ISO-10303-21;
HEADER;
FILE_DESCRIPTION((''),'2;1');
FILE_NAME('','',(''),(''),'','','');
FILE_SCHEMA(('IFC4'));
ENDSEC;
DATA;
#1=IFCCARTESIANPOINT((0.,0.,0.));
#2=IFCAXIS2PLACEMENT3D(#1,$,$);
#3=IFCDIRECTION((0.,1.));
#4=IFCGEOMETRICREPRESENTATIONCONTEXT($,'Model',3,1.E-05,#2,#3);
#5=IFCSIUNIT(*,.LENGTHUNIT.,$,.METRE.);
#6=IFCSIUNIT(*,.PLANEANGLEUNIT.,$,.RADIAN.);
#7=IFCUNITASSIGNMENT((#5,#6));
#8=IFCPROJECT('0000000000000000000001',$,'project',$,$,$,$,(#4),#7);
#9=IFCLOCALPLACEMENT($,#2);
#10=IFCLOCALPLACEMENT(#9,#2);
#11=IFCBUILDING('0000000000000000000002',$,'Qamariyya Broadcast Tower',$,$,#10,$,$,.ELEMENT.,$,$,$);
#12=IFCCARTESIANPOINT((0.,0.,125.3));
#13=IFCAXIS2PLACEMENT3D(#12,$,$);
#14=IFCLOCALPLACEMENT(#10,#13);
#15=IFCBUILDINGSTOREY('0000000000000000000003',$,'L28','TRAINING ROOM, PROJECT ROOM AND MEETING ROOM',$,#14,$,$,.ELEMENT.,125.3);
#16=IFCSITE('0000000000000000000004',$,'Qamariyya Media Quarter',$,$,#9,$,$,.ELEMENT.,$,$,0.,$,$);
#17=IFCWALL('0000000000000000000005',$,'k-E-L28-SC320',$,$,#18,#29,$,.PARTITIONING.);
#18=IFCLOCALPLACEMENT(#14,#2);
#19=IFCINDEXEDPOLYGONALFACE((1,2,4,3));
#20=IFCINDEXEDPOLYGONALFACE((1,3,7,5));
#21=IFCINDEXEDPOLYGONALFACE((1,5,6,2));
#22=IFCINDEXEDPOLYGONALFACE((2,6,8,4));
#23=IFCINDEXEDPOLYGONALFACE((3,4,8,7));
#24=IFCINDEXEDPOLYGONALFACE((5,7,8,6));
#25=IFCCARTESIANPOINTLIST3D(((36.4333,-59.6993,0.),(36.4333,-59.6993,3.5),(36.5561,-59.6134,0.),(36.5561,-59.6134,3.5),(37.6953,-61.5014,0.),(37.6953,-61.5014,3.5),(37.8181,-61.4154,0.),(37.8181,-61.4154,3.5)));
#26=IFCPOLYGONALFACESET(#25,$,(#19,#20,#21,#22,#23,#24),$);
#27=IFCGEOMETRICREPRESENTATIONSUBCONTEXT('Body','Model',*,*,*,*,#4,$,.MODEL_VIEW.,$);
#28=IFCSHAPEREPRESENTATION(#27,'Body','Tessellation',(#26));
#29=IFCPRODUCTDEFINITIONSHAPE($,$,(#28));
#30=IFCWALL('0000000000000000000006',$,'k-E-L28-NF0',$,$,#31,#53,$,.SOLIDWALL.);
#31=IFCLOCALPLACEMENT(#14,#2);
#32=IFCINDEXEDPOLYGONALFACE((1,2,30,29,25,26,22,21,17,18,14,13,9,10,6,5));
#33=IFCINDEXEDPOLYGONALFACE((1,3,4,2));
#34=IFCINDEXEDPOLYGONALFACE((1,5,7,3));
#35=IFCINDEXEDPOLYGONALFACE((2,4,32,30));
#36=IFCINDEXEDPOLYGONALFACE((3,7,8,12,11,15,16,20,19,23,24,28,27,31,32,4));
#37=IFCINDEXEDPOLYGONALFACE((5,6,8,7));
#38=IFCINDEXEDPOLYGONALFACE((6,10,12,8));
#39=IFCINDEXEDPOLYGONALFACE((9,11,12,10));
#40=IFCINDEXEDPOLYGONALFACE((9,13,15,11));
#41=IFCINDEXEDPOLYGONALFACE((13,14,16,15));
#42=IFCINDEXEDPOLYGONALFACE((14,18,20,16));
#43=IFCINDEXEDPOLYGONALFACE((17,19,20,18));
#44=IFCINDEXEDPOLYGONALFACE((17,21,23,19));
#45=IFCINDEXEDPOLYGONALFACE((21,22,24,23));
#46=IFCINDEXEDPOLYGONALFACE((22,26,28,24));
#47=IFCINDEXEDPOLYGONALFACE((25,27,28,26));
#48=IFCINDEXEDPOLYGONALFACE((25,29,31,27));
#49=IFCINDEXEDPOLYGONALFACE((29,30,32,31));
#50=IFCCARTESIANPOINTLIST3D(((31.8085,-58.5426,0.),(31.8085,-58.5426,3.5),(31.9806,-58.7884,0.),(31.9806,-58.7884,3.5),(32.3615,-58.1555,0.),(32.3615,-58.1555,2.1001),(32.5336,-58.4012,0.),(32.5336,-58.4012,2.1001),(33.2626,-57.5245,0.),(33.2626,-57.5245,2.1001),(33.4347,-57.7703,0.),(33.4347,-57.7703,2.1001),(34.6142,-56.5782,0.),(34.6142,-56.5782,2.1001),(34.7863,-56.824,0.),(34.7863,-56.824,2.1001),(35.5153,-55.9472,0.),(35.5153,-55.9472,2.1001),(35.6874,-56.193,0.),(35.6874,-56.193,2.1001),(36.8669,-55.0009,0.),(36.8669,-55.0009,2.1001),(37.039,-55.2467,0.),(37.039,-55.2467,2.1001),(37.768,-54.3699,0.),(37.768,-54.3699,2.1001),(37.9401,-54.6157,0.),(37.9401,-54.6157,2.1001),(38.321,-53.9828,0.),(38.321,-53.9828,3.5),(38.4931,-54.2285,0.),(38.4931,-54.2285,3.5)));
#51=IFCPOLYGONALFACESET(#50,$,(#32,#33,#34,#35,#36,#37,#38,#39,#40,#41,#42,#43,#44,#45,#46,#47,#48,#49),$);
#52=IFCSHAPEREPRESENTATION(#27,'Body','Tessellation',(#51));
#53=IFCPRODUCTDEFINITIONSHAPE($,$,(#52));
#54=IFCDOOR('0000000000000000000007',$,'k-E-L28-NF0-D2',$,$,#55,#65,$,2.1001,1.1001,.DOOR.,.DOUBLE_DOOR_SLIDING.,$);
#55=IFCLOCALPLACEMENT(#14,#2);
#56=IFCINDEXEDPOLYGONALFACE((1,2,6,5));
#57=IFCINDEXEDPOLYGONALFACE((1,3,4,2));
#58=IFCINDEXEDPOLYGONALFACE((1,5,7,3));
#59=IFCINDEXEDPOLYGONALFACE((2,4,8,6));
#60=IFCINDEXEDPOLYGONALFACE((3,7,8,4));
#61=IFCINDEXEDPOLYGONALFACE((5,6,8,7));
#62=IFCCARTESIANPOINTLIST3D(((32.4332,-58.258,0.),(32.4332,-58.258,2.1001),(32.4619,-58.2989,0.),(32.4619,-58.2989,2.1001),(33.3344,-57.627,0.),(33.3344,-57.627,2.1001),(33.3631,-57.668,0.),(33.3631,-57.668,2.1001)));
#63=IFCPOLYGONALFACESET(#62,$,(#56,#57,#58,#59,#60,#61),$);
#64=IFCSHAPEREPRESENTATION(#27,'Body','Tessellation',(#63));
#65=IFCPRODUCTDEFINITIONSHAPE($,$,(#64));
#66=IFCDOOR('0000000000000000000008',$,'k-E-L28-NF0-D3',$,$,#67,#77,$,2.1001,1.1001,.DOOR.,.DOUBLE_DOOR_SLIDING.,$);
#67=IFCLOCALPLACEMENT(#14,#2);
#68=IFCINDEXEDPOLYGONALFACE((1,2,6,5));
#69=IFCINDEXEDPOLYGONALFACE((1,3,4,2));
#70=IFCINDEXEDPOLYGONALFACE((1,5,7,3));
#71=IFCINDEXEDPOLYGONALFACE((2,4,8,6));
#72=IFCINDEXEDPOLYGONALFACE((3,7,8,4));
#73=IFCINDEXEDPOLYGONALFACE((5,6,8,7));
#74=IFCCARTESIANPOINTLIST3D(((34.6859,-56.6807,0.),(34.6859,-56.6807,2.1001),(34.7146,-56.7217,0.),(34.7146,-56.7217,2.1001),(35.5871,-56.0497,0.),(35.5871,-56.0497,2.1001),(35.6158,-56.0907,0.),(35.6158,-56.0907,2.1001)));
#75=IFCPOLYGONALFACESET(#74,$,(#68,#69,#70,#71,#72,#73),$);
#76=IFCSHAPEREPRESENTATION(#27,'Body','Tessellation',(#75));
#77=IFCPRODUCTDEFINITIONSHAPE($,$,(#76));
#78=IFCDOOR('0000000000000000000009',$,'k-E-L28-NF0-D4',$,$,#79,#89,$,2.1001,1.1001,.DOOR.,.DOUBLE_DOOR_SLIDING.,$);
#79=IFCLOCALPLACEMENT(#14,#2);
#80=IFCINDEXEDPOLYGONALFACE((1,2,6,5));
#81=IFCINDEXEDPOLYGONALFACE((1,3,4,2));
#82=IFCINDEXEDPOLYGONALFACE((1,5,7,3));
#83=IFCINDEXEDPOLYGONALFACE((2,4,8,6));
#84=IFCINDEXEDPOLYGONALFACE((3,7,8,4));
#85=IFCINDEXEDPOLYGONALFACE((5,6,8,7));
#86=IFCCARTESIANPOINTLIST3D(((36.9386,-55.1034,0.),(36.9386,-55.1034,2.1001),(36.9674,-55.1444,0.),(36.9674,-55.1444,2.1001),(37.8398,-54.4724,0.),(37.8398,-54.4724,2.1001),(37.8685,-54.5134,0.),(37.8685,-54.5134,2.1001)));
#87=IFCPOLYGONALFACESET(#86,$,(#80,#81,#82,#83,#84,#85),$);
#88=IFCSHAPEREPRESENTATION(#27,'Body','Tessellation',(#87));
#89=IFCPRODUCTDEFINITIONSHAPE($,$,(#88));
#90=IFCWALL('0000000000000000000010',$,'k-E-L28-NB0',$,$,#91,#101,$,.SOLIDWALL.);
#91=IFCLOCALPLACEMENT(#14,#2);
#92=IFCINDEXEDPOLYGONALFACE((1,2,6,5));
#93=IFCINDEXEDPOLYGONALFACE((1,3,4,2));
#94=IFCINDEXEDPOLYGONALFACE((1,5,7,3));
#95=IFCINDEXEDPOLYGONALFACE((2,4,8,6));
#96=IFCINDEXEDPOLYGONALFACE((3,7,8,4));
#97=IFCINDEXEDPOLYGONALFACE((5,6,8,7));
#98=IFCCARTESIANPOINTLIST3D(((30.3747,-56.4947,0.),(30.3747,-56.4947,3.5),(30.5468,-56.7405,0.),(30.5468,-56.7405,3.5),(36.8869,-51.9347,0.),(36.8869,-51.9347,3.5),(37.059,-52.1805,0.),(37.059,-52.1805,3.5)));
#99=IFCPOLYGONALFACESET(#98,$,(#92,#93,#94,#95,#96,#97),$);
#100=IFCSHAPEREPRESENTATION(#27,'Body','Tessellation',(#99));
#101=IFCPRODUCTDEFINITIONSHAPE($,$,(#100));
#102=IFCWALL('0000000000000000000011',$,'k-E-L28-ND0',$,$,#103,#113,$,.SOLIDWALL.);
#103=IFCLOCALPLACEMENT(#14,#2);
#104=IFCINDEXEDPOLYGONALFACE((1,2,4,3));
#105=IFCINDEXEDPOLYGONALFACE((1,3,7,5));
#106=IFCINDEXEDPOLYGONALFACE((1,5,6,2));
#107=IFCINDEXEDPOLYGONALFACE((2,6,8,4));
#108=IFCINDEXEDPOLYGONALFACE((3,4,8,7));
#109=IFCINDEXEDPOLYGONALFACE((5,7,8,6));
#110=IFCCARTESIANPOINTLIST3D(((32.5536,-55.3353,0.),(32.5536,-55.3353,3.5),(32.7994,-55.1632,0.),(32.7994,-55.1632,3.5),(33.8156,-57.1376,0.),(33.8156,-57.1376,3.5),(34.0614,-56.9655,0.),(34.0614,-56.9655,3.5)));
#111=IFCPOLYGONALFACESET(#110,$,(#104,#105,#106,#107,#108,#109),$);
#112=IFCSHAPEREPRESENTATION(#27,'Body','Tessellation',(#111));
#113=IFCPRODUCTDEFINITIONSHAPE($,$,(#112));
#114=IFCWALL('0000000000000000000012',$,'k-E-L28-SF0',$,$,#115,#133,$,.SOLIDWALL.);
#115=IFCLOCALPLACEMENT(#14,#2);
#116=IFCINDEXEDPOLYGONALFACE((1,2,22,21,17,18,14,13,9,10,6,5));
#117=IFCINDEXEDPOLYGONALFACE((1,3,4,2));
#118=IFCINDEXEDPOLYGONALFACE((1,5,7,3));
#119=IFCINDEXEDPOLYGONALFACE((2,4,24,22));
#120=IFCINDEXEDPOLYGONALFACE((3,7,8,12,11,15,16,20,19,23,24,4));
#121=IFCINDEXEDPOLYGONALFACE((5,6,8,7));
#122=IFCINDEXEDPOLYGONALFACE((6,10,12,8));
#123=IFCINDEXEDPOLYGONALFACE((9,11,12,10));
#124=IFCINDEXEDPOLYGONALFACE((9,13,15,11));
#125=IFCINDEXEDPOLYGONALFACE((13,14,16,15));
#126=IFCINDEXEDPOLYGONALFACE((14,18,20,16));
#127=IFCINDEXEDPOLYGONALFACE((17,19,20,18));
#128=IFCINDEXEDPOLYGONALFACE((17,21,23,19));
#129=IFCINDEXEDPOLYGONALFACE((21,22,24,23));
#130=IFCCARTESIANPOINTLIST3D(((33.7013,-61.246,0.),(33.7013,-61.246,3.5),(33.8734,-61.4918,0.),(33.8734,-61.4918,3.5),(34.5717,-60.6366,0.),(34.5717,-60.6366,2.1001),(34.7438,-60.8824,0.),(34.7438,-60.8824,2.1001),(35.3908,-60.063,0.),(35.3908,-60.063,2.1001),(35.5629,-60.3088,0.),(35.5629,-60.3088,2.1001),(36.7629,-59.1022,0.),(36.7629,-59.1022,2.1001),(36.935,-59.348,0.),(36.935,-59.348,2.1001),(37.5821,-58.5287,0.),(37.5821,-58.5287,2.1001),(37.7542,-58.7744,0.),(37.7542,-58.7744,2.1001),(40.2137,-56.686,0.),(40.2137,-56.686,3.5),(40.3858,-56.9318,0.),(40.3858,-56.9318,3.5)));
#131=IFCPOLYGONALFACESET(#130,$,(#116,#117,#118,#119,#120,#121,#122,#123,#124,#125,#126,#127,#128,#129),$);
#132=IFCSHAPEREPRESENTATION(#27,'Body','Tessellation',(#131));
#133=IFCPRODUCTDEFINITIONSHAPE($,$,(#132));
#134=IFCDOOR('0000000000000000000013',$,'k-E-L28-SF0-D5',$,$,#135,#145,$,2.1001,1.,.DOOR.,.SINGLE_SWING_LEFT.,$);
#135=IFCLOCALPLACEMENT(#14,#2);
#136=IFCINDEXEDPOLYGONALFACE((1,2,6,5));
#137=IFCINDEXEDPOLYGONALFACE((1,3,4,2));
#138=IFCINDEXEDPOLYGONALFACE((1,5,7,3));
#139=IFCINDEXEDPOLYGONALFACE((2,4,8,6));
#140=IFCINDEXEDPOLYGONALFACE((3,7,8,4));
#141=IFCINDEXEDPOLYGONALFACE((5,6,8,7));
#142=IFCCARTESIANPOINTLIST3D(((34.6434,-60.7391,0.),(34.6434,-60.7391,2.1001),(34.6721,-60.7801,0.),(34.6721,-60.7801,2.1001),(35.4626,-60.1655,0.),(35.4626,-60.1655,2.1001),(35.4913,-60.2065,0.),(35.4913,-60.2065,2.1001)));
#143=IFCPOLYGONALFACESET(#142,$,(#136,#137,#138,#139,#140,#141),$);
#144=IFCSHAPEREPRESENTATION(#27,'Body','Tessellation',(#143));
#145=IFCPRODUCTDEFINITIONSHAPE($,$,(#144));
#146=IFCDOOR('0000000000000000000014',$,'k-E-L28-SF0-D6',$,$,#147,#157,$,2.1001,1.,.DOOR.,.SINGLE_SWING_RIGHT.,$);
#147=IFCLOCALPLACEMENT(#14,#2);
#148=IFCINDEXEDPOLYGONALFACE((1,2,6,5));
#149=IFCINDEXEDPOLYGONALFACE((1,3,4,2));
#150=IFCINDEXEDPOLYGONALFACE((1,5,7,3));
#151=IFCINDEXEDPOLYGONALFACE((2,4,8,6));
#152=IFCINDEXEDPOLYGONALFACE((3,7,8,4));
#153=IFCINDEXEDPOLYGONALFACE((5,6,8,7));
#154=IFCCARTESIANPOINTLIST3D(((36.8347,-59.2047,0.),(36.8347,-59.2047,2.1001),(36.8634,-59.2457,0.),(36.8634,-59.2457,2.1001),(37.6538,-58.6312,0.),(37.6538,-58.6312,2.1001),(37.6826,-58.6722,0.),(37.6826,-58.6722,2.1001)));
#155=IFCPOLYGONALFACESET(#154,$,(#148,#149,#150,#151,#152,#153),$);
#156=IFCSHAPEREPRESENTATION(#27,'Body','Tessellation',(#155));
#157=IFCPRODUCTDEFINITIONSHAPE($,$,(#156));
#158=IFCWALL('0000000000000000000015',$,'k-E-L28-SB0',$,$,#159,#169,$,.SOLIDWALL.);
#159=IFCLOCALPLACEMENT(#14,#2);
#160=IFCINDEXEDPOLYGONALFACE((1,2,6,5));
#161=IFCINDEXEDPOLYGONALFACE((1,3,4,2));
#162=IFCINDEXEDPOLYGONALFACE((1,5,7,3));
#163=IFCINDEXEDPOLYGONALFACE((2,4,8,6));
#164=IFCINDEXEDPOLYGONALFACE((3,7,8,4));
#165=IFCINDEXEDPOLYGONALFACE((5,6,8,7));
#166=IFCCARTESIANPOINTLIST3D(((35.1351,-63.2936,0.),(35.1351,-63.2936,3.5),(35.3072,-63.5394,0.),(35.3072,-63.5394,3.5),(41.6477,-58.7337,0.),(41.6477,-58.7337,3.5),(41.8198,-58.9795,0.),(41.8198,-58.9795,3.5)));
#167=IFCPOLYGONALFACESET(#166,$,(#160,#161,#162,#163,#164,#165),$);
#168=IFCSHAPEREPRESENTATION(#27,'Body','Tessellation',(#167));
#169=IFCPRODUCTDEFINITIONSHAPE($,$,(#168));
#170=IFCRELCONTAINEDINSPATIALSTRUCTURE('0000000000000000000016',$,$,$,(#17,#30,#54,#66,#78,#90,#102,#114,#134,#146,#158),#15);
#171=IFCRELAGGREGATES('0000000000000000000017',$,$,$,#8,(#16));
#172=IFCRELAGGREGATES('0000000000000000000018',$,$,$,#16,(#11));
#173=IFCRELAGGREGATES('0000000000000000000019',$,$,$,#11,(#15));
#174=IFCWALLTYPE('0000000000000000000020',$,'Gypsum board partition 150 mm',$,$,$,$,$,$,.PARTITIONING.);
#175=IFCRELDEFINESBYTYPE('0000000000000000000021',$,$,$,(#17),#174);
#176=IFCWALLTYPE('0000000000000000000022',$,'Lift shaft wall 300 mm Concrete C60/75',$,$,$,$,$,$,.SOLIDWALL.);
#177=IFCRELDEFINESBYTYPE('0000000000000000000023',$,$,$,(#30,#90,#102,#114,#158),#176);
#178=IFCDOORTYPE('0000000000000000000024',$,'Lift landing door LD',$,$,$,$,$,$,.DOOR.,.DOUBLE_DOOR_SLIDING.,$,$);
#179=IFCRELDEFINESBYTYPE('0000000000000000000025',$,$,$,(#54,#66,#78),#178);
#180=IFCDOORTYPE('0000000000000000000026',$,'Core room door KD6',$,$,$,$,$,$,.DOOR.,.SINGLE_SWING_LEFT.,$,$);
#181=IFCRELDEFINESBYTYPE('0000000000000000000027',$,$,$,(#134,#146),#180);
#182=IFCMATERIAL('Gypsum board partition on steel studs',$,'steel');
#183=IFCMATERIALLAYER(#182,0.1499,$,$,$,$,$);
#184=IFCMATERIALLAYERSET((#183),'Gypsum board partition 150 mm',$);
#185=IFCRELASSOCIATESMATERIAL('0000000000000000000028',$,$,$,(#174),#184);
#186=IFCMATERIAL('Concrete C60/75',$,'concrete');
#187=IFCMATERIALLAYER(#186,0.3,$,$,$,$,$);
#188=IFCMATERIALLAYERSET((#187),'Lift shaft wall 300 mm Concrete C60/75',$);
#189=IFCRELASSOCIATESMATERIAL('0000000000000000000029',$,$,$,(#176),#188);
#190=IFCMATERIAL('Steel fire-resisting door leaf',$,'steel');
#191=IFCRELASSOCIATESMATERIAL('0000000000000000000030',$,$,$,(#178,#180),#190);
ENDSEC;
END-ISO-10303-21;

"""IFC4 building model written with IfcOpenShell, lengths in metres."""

from ifc_helpers import new_model, si_unit, direction, frame, frame_2d, origin, place, context, subcontext, project, spatial, rectangle, extrude, material, layer, layer_set, type_object, element, fill, save


model = new_model("IFC4")

# Units and contexts
model_context = context("Model", 3, precision=1e-05, world=origin(), true_north=direction((0.0, 1.0)))
body_context = subcontext(model_context, "Body", "Model", "MODEL_VIEW")
ifc_project = project(units=[si_unit("LENGTHUNIT", "METRE"), si_unit("PLANEANGLEUNIT", "RADIAN")], contexts=[model_context])

# Site, building, storey
site_placement = place(None, origin())
site = spatial("IfcSite", under=ifc_project, at=site_placement, Name="Qamariyya Media Quarter", CompositionType="ELEMENT", RefElevation=0.0)
building_placement = place(site_placement, origin())
building = spatial("IfcBuilding", under=site, at=building_placement, Name="Qamariyya Broadcast Tower", CompositionType="ELEMENT")
storey_placement = place(building_placement, frame((0.0, 0.0, 125.3)))
storey = spatial("IfcBuildingStorey", under=building, at=storey_placement, Name="L28", Description="TRAINING ROOM, PROJECT ROOM AND MEETING ROOM", CompositionType="ELEMENT", Elevation=125.3)

# Shared definitions
ifc_material_1 = material(Name="Steel fire-resisting door leaf", Category="steel")

# Wall
ifc_material_2 = material(Name="Gypsum board partition on steel studs", Category="steel")
ifc_layer_1 = layer(ifc_material_2, 0.1499)
ifc_layer_set_1 = layer_set([ifc_layer_1], Name="Gypsum board partition 150 mm")
wall_type_1 = type_object("IfcWallType", Name="Gypsum board partition 150 mm", PredefinedType="PARTITIONING", material=ifc_layer_set_1)
wall_1_placement = place(storey_placement, frame((36.4946, -59.6562, 0.0), z_axis=(0.0, 0.0, 1.0), x_axis=(0.573634, -0.819112, 0.0)))
element("IfcWall", 1, at=wall_1_placement, inside=storey, type_object=wall_type_1, Name="k-E-L28-SC320", PredefinedType="PARTITIONING", context=body_context, shape_type="SweptSolid", body=[
    extrude(rectangle(XDim=2.2, YDim=0.1499, at=frame_2d((1.1001, 0.0))), origin(), (0.0, 0.0, 1.0), 3.5),
])

# Wall, openings, doors
ifc_material_3 = material(Name="Concrete C60/75", Category="concrete")
ifc_layer_2 = layer(ifc_material_3, 0.3)
ifc_layer_set_2 = layer_set([ifc_layer_2], Name="Lift shaft wall 300 mm Concrete C60/75")
wall_type_2 = type_object("IfcWallType", Name="Lift shaft wall 300 mm Concrete C60/75", PredefinedType="SOLIDWALL", material=ifc_layer_set_2)
wall_2_placement = place(storey_placement, frame((31.8945, -58.6655, 0.0), z_axis=(0.0, 0.0, 1.0), x_axis=(0.819167, 0.573555, 0.0)))
wall_2 = element("IfcWall", 2, at=wall_2_placement, inside=storey, type_object=wall_type_2, Name="k-E-L28-NF0", PredefinedType="SOLIDWALL", context=body_context, shape_type="SweptSolid", body=[
    extrude(rectangle(XDim=7.9502, YDim=0.3, at=frame_2d((3.9751, 0.0))), origin(), (0.0, 0.0, 1.0), 3.5),
])
opening_1_placement = place(wall_2_placement, frame((0.675, 0.0, 0.0)))
opening_1 = element("IfcOpeningElement", 3, at=opening_1_placement, cuts=wall_2, PredefinedType="OPENING", context=body_context, shape_type="SweptSolid", body=[
    extrude(rectangle(XDim=1.1001, YDim=2.1001, at=frame_2d((0.55, 1.05))), frame((0.0, 0.1599, 0.0), z_axis=(0.0, -1.0, 0.0), x_axis=(1.0, 0.0, 0.0)), (0.0, 0.0, 1.0), 0.3201),
])
opening_2_placement = place(wall_2_placement, frame((3.425, 0.0, 0.0)))
opening_2 = element("IfcOpeningElement", 4, at=opening_2_placement, cuts=wall_2, PredefinedType="OPENING", context=body_context, shape_type="SweptSolid", body=[
    extrude(rectangle(XDim=1.1001, YDim=2.1001, at=frame_2d((0.55, 1.05))), frame((0.0, 0.1599, 0.0), z_axis=(0.0, -1.0, 0.0), x_axis=(1.0, 0.0, 0.0)), (0.0, 0.0, 1.0), 0.3201),
])
opening_3_placement = place(wall_2_placement, frame((6.175, 0.0, 0.0)))
opening_3 = element("IfcOpeningElement", 5, at=opening_3_placement, cuts=wall_2, PredefinedType="OPENING", context=body_context, shape_type="SweptSolid", body=[
    extrude(rectangle(XDim=1.1001, YDim=2.1001, at=frame_2d((0.55, 1.05))), frame((0.0, 0.1599, 0.0), z_axis=(0.0, -1.0, 0.0), x_axis=(1.0, 0.0, 0.0)), (0.0, 0.0, 1.0), 0.3201),
])
door_type_1 = type_object("IfcDoorType", Name="Lift landing door LD", OperationType="DOUBLE_DOOR_SLIDING", PredefinedType="DOOR", material=ifc_material_1)
door_1_placement = place(opening_1_placement, origin())
door_1 = element("IfcDoor", 6, at=door_1_placement, inside=storey, type_object=door_type_1, Name="k-E-L28-NF0-D2", OperationType="DOUBLE_DOOR_SLIDING", OverallHeight=2.1001, OverallWidth=1.1001, PredefinedType="DOOR", context=body_context, shape_type="SweptSolid", body=[
    extrude(rectangle(XDim=1.1001, YDim=2.1001, at=frame_2d((0.55, 1.05))), frame((0.0, 0.0249, 0.0), z_axis=(0.0, -1.0, 0.0), x_axis=(1.0, 0.0, 0.0)), (0.0, 0.0, 1.0), 0.05),
])
fill(opening_1, door_1)
door_2_placement = place(opening_2_placement, origin())
door_2 = element("IfcDoor", 7, at=door_2_placement, inside=storey, type_object=door_type_1, Name="k-E-L28-NF0-D3", OperationType="DOUBLE_DOOR_SLIDING", OverallHeight=2.1001, OverallWidth=1.1001, PredefinedType="DOOR", context=body_context, shape_type="SweptSolid", body=[
    extrude(rectangle(XDim=1.1001, YDim=2.1001, at=frame_2d((0.55, 1.05))), frame((0.0, 0.0249, 0.0), z_axis=(0.0, -1.0, 0.0), x_axis=(1.0, 0.0, 0.0)), (0.0, 0.0, 1.0), 0.05),
])
fill(opening_2, door_2)
door_3_placement = place(opening_3_placement, origin())
door_3 = element("IfcDoor", 8, at=door_3_placement, inside=storey, type_object=door_type_1, Name="k-E-L28-NF0-D4", OperationType="DOUBLE_DOOR_SLIDING", OverallHeight=2.1001, OverallWidth=1.1001, PredefinedType="DOOR", context=body_context, shape_type="SweptSolid", body=[
    extrude(rectangle(XDim=1.1001, YDim=2.1001, at=frame_2d((0.55, 1.05))), frame((0.0, 0.0249, 0.0), z_axis=(0.0, -1.0, 0.0), x_axis=(1.0, 0.0, 0.0)), (0.0, 0.0, 1.0), 0.05),
])
fill(opening_3, door_3)

# Walls
wall_3_placement = place(storey_placement, frame((30.4607, -56.6177, 0.0), z_axis=(0.0, 0.0, 1.0), x_axis=(0.819142, 0.57359, 0.0)))
element("IfcWall", 9, at=wall_3_placement, inside=storey, type_object=wall_type_2, Name="k-E-L28-NB0", PredefinedType="SOLIDWALL", context=body_context, shape_type="SweptSolid", body=[
    extrude(rectangle(XDim=7.95, YDim=0.3, at=frame_2d((3.9751, 0.0))), origin(), (0.0, 0.0, 1.0), 3.5),
])
wall_4_placement = place(storey_placement, frame((33.9385, -57.0515, 0.0), z_axis=(0.0, 0.0, 1.0), x_axis=(-0.573581, 0.819149, 0.0)))
element("IfcWall", 10, at=wall_4_placement, inside=storey, type_object=wall_type_2, Name="k-E-L28-ND0", PredefinedType="SOLIDWALL", context=body_context, shape_type="SweptSolid", body=[
    extrude(rectangle(XDim=2.2002, YDim=0.3, at=frame_2d((1.1001, 0.0))), origin(), (0.0, 0.0, 1.0), 3.5),
])

# Wall, openings, doors
wall_5_placement = place(storey_placement, frame((33.7874, -61.3689, 0.0), z_axis=(0.0, 0.0, 1.0), x_axis=(0.819153, 0.573576, 0.0)))
wall_5 = element("IfcWall", 11, at=wall_5_placement, inside=storey, type_object=wall_type_2, Name="k-E-L28-SF0", PredefinedType="SOLIDWALL", context=body_context, shape_type="SweptSolid", body=[
    extrude(rectangle(XDim=7.9502, YDim=0.3, at=frame_2d((3.9751, 0.0))), origin(), (0.0, 0.0, 1.0), 3.5),
])
opening_4_placement = place(wall_5_placement, frame((1.0625, 0.0, 0.0)))
opening_4 = element("IfcOpeningElement", 12, at=opening_4_placement, cuts=wall_5, PredefinedType="OPENING", context=body_context, shape_type="SweptSolid", body=[
    extrude(rectangle(XDim=1.0, YDim=2.1001, at=frame_2d((0.5, 1.05))), frame((0.0, 0.1599, 0.0), z_axis=(0.0, -1.0, 0.0), x_axis=(1.0, 0.0, 0.0)), (0.0, 0.0, 1.0), 0.3201),
])
opening_5_placement = place(wall_5_placement, frame((3.7375, 0.0, 0.0)))
opening_5 = element("IfcOpeningElement", 13, at=opening_5_placement, cuts=wall_5, PredefinedType="OPENING", context=body_context, shape_type="SweptSolid", body=[
    extrude(rectangle(XDim=1.0, YDim=2.1001, at=frame_2d((0.5, 1.05))), frame((0.0, 0.1599, 0.0), z_axis=(0.0, -1.0, 0.0), x_axis=(1.0, 0.0, 0.0)), (0.0, 0.0, 1.0), 0.3201),
])
door_type_2 = type_object("IfcDoorType", Name="Core room door KD6", OperationType="SINGLE_SWING_LEFT", PredefinedType="DOOR", material=ifc_material_1)
door_4_placement = place(opening_4_placement, origin())
door_4 = element("IfcDoor", 14, at=door_4_placement, inside=storey, type_object=door_type_2, Name="k-E-L28-SF0-D5", OperationType="SINGLE_SWING_LEFT", OverallHeight=2.1001, OverallWidth=1.0, PredefinedType="DOOR", context=body_context, shape_type="SweptSolid", body=[
    extrude(rectangle(XDim=1.0, YDim=2.1001, at=frame_2d((0.5, 1.05))), frame((0.0, 0.0249, 0.0), z_axis=(0.0, -1.0, 0.0), x_axis=(1.0, 0.0, 0.0)), (0.0, 0.0, 1.0), 0.05),
])
fill(opening_4, door_4)
door_5_placement = place(opening_5_placement, origin())
door_5 = element("IfcDoor", 15, at=door_5_placement, inside=storey, type_object=door_type_2, Name="k-E-L28-SF0-D6", OperationType="SINGLE_SWING_RIGHT", OverallHeight=2.1001, OverallWidth=1.0, PredefinedType="DOOR", context=body_context, shape_type="SweptSolid", body=[
    extrude(rectangle(XDim=1.0, YDim=2.1001, at=frame_2d((0.5, 1.05))), frame((0.0, 0.0249, 0.0), z_axis=(0.0, -1.0, 0.0), x_axis=(1.0, 0.0, 0.0)), (0.0, 0.0, 1.0), 0.05),
])
fill(opening_5, door_5)

# Wall
wall_6_placement = place(storey_placement, frame((35.2212, -63.4165, 0.0), z_axis=(0.0, 0.0, 1.0), x_axis=(0.819167, 0.573555, 0.0)))
element("IfcWall", 16, at=wall_6_placement, inside=storey, type_object=wall_type_2, Name="k-E-L28-SB0", PredefinedType="SOLIDWALL", context=body_context, shape_type="SweptSolid", body=[
    extrude(rectangle(XDim=7.9502, YDim=0.3, at=frame_2d((3.9751, 0.0))), origin(), (0.0, 0.0, 1.0), 3.5),
])

save(model, "model.ifc")
